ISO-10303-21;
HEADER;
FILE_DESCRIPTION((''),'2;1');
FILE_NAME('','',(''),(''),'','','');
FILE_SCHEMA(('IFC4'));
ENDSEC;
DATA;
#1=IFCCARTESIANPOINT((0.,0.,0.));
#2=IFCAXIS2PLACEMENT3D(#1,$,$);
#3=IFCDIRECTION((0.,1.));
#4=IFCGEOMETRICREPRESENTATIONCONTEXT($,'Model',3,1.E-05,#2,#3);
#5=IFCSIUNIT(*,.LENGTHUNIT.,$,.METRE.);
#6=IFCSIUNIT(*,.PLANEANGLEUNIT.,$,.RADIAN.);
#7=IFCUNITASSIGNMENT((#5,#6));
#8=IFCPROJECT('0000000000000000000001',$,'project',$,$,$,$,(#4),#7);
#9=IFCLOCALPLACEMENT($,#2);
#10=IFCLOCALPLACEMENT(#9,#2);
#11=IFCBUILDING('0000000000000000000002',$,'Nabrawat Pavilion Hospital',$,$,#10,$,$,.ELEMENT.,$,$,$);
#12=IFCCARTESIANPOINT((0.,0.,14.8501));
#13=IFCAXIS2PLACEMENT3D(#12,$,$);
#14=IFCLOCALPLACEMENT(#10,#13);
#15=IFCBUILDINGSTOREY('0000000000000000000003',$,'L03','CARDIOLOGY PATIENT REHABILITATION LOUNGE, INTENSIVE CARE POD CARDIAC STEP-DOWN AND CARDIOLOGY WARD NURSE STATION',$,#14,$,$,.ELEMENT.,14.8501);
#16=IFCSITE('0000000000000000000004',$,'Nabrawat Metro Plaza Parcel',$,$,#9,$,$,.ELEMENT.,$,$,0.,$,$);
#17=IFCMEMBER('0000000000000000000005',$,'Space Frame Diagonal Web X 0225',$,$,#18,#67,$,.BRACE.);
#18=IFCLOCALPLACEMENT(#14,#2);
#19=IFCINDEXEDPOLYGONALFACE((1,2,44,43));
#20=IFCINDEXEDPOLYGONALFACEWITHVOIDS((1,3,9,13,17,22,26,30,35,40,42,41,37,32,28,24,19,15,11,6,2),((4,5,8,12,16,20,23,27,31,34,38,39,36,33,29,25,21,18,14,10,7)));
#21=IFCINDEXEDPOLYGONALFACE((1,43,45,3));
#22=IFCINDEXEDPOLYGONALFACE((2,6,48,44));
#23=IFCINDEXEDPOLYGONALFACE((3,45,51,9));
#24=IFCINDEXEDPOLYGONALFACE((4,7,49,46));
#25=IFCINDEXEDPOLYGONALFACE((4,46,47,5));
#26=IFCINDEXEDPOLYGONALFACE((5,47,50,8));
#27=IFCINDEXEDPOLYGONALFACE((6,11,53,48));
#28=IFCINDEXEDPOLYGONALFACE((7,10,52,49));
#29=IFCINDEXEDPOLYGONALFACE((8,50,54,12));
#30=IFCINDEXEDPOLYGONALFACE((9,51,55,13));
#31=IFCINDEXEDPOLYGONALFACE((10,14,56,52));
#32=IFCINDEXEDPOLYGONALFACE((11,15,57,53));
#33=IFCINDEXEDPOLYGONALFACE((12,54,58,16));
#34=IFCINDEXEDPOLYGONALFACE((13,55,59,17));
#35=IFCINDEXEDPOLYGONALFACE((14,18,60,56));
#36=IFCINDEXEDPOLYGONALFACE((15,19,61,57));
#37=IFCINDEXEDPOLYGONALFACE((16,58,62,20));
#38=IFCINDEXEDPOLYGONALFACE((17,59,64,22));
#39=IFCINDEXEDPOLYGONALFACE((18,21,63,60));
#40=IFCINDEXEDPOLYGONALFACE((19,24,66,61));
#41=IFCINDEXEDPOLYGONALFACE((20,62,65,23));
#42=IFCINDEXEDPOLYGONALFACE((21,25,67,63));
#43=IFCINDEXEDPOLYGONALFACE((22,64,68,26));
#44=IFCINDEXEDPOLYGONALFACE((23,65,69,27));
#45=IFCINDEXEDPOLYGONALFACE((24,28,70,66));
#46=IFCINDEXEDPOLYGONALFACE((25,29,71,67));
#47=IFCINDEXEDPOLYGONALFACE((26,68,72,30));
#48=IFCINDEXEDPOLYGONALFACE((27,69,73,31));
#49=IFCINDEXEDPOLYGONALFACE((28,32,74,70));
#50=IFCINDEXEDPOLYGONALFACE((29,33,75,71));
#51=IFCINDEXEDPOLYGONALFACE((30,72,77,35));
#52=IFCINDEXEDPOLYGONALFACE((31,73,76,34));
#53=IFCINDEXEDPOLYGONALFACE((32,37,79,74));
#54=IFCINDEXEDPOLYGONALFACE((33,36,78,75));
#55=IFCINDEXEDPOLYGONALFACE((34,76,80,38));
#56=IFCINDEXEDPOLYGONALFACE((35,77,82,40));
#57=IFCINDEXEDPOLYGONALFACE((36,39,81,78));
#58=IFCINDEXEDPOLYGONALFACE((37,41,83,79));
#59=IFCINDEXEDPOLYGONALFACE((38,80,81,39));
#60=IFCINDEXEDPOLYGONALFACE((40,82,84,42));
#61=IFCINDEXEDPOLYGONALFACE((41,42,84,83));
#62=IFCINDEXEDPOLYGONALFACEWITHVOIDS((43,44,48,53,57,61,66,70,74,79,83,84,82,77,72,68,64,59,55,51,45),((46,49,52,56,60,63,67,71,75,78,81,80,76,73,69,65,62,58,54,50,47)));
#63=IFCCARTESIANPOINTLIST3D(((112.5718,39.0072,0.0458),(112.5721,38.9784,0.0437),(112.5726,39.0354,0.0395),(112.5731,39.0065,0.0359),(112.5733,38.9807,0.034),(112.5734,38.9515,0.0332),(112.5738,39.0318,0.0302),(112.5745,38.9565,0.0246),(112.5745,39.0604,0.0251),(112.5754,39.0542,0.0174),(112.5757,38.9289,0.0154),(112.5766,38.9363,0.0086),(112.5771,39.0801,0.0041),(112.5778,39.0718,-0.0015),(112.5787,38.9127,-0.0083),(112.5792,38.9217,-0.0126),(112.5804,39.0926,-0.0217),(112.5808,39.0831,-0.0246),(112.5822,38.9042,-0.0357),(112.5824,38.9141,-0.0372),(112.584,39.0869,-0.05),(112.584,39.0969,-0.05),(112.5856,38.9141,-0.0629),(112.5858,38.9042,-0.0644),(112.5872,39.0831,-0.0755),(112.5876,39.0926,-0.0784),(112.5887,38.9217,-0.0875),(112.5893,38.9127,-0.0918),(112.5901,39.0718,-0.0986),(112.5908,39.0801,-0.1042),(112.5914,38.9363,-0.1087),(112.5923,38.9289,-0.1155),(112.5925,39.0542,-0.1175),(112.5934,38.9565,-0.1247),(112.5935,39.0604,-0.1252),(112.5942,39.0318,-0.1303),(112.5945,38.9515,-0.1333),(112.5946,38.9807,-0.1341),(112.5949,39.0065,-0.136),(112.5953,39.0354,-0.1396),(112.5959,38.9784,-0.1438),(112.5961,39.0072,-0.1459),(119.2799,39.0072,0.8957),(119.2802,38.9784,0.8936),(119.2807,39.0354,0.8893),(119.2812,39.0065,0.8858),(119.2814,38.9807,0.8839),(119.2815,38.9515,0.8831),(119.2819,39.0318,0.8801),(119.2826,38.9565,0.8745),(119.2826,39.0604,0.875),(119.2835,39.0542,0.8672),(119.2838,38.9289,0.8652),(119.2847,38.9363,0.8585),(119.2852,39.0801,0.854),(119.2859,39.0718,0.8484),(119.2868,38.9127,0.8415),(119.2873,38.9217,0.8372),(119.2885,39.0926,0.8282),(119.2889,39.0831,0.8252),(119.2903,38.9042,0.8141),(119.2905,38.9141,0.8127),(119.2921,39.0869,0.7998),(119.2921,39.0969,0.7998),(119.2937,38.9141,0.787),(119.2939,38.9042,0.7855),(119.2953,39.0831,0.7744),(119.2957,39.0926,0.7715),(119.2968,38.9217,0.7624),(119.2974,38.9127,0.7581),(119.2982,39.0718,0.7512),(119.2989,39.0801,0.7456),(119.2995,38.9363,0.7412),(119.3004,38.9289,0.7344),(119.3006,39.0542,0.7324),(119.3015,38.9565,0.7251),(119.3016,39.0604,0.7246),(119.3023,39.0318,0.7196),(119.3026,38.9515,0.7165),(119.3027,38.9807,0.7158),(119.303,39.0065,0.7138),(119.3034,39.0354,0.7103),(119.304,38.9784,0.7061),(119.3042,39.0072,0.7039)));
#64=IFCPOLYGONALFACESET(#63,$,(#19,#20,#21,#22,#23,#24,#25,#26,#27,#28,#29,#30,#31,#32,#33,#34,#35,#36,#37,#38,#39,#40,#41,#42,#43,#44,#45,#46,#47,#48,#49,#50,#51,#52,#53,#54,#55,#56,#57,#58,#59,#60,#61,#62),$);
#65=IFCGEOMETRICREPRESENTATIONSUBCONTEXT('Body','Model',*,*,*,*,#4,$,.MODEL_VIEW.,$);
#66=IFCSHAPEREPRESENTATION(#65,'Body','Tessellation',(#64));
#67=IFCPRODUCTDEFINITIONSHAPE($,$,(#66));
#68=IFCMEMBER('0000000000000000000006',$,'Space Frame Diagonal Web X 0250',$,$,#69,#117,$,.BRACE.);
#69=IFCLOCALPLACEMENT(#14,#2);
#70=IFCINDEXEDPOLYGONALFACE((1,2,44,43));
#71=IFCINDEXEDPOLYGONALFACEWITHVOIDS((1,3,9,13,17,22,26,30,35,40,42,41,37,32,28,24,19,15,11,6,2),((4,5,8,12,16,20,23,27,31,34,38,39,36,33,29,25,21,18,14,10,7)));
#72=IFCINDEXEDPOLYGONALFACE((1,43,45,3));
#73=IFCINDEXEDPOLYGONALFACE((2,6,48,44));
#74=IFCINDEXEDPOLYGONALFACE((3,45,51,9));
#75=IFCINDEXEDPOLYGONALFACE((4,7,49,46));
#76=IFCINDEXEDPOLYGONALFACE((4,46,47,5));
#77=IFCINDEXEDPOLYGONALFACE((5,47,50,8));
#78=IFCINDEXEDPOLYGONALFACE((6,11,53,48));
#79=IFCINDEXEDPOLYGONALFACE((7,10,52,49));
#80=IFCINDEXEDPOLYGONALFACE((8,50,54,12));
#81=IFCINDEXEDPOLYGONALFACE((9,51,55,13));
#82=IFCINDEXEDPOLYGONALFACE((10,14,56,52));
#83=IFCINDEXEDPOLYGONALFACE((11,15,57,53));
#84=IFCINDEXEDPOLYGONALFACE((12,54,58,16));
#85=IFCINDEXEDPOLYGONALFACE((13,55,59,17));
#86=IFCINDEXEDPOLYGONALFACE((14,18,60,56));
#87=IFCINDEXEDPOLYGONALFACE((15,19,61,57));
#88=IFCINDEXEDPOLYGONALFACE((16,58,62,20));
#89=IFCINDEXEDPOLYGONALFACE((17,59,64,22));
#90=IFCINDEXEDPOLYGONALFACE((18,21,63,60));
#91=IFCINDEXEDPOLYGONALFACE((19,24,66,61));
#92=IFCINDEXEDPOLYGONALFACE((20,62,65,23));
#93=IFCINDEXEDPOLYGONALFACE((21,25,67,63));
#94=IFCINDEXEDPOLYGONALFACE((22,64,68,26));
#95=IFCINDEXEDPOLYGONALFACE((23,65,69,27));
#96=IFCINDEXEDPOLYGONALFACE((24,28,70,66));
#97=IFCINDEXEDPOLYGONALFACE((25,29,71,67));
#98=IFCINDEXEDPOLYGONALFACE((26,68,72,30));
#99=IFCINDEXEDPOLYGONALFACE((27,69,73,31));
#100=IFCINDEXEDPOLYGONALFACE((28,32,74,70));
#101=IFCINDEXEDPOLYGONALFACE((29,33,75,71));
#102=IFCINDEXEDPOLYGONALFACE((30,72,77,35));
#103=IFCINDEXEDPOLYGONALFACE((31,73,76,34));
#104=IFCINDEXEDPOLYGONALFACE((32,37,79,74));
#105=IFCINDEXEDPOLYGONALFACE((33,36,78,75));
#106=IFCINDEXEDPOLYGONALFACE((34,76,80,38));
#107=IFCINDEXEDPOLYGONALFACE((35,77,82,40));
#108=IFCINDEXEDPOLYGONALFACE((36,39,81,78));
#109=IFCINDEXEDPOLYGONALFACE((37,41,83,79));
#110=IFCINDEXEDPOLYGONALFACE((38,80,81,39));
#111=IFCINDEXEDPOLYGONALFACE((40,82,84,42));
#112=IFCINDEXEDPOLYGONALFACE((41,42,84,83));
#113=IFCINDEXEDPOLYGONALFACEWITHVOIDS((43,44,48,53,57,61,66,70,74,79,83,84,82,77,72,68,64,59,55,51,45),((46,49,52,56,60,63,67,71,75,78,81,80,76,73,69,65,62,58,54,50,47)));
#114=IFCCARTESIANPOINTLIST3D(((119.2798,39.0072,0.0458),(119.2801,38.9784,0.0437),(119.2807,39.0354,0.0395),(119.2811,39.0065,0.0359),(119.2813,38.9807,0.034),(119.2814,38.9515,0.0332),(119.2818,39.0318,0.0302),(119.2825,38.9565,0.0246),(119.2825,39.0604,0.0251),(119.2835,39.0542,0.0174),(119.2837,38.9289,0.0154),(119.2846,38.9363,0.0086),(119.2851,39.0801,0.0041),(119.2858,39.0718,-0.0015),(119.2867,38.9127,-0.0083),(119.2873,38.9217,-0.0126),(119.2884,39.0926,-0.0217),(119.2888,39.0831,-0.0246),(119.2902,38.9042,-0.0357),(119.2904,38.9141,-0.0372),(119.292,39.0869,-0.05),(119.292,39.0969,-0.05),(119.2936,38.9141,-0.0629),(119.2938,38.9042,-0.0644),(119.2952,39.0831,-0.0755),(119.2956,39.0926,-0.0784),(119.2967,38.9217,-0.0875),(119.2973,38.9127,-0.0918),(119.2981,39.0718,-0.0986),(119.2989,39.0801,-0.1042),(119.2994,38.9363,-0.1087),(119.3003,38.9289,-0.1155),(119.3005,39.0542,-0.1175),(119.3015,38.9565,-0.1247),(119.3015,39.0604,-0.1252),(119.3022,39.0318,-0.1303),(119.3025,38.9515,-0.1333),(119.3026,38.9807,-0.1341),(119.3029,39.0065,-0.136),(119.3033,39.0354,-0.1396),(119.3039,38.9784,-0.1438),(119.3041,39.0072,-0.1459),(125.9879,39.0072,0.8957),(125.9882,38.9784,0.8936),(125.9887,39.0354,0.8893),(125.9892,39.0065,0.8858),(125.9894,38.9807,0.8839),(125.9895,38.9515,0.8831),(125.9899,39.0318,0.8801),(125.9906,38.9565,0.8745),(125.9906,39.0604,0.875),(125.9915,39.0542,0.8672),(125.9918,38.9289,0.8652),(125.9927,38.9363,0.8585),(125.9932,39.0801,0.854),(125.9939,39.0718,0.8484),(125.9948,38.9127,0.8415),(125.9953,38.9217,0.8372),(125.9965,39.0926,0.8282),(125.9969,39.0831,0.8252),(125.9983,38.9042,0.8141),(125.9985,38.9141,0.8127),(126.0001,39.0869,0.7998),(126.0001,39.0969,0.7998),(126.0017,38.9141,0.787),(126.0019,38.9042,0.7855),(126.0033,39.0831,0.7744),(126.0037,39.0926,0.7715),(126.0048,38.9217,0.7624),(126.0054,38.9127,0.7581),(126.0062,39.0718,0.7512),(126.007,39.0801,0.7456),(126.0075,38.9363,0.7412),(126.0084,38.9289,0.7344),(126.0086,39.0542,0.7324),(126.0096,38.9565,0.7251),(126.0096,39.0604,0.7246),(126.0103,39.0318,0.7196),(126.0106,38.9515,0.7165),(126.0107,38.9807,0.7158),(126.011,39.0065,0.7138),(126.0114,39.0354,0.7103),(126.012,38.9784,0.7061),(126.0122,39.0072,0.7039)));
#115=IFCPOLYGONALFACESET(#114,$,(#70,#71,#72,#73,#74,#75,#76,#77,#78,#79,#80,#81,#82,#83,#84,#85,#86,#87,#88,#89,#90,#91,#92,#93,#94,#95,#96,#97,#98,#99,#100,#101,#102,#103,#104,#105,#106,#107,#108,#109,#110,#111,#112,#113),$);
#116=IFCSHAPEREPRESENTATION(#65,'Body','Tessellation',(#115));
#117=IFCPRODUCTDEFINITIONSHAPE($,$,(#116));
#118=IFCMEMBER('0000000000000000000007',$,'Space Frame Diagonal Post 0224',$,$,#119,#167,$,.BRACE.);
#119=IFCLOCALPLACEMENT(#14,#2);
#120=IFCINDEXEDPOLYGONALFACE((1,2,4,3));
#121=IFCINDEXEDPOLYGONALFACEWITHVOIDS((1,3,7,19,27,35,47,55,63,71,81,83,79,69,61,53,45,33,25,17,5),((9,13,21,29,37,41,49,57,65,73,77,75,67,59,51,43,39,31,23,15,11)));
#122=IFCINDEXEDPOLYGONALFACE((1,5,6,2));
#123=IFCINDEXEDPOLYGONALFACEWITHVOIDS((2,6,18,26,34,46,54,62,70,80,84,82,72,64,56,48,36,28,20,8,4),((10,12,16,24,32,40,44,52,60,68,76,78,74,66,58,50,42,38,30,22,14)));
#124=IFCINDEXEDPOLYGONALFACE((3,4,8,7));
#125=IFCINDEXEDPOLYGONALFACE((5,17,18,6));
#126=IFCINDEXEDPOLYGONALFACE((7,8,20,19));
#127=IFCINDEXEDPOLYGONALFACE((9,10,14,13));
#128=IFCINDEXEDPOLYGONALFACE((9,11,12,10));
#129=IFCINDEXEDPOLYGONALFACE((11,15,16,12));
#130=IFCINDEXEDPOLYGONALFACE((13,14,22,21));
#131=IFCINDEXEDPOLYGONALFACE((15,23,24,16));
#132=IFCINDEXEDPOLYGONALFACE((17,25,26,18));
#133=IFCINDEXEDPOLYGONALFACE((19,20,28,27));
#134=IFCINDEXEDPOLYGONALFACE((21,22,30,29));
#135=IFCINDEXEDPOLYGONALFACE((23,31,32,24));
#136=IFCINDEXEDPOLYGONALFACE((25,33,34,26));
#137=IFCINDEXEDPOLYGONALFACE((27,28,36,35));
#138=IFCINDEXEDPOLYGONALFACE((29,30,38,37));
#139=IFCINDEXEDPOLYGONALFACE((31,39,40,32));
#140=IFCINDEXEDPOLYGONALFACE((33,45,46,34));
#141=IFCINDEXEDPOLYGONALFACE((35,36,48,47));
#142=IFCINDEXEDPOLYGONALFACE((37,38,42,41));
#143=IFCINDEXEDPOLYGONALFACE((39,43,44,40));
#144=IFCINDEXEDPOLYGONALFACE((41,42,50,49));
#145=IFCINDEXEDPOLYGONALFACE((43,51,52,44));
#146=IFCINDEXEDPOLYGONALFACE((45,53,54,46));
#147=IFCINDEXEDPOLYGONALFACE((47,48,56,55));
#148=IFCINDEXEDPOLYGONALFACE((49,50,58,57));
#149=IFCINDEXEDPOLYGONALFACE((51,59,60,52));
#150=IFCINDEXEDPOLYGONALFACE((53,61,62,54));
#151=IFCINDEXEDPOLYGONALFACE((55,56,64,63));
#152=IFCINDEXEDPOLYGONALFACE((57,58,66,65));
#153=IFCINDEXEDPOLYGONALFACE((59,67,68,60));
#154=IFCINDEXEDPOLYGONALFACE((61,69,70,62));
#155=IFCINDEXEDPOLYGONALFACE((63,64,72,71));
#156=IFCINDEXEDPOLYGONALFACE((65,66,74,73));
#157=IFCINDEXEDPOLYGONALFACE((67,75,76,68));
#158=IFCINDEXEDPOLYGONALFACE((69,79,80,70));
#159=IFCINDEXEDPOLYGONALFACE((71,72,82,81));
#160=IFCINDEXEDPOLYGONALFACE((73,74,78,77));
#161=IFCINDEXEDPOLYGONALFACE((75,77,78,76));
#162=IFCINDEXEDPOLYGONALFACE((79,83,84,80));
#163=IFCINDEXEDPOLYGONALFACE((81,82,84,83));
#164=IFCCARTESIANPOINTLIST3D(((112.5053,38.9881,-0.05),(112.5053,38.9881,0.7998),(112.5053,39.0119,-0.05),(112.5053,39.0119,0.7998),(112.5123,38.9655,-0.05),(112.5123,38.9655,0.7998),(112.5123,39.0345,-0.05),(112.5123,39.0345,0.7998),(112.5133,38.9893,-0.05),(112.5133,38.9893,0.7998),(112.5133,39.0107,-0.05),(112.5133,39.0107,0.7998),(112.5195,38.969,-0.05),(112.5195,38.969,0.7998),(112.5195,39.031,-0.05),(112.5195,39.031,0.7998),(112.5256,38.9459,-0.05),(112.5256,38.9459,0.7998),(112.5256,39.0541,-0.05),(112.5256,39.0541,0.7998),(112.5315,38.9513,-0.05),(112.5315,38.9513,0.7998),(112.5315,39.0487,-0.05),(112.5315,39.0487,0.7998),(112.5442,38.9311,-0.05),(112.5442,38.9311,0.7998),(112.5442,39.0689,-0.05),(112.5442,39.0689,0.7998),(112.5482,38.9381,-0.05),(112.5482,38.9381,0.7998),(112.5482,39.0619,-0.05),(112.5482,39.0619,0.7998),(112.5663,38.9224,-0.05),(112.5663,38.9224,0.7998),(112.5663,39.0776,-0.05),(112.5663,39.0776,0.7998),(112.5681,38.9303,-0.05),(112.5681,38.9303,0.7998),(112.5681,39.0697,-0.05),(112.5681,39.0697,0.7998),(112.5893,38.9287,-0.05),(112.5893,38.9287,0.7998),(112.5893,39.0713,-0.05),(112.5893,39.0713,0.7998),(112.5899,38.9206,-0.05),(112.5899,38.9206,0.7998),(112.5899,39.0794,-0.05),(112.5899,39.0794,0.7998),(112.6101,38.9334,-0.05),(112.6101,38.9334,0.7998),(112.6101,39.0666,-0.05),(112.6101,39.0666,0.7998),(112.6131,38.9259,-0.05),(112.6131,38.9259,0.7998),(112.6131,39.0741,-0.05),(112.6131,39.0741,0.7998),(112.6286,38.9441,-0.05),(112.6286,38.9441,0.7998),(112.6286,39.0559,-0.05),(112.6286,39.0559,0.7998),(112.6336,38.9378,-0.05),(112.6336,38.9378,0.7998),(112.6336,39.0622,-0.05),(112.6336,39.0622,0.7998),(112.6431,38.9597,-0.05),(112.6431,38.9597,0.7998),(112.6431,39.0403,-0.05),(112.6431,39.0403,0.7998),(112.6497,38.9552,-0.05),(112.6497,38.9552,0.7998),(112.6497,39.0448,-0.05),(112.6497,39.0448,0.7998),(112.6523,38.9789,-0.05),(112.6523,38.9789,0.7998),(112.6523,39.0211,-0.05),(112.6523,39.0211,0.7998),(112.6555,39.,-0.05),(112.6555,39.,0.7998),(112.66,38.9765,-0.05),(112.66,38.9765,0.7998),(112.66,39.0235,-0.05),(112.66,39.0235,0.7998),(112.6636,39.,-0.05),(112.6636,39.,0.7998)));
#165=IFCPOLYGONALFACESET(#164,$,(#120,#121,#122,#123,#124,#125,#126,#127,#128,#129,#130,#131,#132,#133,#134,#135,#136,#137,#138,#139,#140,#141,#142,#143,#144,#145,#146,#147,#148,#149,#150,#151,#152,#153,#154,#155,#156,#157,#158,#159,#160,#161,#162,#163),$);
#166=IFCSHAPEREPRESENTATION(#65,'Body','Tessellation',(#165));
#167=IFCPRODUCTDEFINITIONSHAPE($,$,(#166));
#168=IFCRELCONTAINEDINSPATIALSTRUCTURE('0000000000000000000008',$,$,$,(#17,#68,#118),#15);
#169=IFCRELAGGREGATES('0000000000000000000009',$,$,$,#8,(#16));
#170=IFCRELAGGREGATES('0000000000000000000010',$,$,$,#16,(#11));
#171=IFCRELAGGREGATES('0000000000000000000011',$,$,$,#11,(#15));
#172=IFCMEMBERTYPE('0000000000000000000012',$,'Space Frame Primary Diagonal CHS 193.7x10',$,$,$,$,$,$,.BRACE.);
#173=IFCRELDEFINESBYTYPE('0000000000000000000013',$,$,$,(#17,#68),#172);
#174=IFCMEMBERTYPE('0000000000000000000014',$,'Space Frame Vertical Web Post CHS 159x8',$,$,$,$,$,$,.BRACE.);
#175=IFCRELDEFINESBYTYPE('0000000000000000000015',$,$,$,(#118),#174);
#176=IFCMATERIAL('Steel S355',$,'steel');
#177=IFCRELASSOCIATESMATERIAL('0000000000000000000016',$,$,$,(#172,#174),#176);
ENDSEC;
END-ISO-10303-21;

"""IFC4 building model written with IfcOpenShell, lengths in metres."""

from ifc_helpers import new_model, si_unit, direction, frame, origin, origin_2d, place, context, subcontext, project, spatial, hollow_circle, extrude, material, material_profile, profile_set, type_object, element, save


model = new_model("IFC4")

# Units and contexts
model_context = context("Model", 3, precision=1e-05, world=origin(), true_north=direction((0.0, 1.0)))
body_context = subcontext(model_context, "Body", "Model", "MODEL_VIEW")
ifc_project = project(units=[si_unit("LENGTHUNIT", "METRE"), si_unit("PLANEANGLEUNIT", "RADIAN")], contexts=[model_context])

# Site, building, storey
site_placement = place(None, origin())
site = spatial("IfcSite", under=ifc_project, at=site_placement, Name="Nabrawat Metro Plaza Parcel", CompositionType="ELEMENT", RefElevation=0.0)
building_placement = place(site_placement, origin())
building = spatial("IfcBuilding", under=site, at=building_placement, Name="Nabrawat Pavilion Hospital", CompositionType="ELEMENT")
storey_placement = place(building_placement, frame((0.0, 0.0, 14.8501)))
storey = spatial("IfcBuildingStorey", under=building, at=storey_placement, Name="L03", Description="CARDIOLOGY PATIENT REHABILITATION LOUNGE, INTENSIVE CARE POD CARDIAC STEP-DOWN AND CARDIOLOGY WARD NURSE STATION", CompositionType="ELEMENT", Elevation=14.8501)

# Shared definitions
ifc_material_1 = material(Name="Steel S355", Category="steel")

# Members
ifc_material_profile_1 = material_profile(ifc_material_1, hollow_circle(Radius=0.0969, WallThickness=0.01, at=origin_2d()), Name="CHS 193.7x10")
ifc_profile_set_1 = profile_set([ifc_material_profile_1], Name="Steel S355")
member_type_1 = type_object("IfcMemberType", Name="Space Frame Primary Diagonal CHS 193.7x10", PredefinedType="BRACE", material=ifc_profile_set_1)
for number, where, z_axis, x_axis, name in (
    (1, (112.584, 39.0, -0.05), (0.99207, 0.0, 0.125688), (0.0, 1.0, 0.0), "Space Frame Diagonal Web X 0225"),
    (2, (119.292, 39.0, -0.05), (0.99207, 0.0, 0.125688), (0.0, 1.0, 0.0), "Space Frame Diagonal Web X 0250"),
):
    element("IfcMember", number, at=place(storey_placement, frame(where, z_axis=z_axis, x_axis=x_axis)), inside=storey, type_object=member_type_1, Name=name, PredefinedType="BRACE", context=body_context, shape_type="SweptSolid", body=[
        extrude(hollow_circle(Radius=0.0969, WallThickness=0.01, at=origin_2d()), origin(), (0.0, 0.0, 1.0), 6.7617),
    ])
ifc_material_profile_2 = material_profile(ifc_material_1, hollow_circle(Radius=0.0796, WallThickness=0.0081, at=origin_2d()), Name="CHS 159x8")
ifc_profile_set_2 = profile_set([ifc_material_profile_2], Name="Steel S355")
member_type_2 = type_object("IfcMemberType", Name="Space Frame Vertical Web Post CHS 159x8", PredefinedType="BRACE", material=ifc_profile_set_2)
for number, where, z_axis, x_axis, name in (
    (3, (112.584, 39.0, -0.05), (0.0, 0.0, 1.0), (1.0, 0.0, 0.0), "Space Frame Diagonal Post 0224"),
):
    element("IfcMember", number, at=place(storey_placement, frame(where, z_axis=z_axis, x_axis=x_axis)), inside=storey, type_object=member_type_2, Name=name, PredefinedType="BRACE", context=body_context, shape_type="SweptSolid", body=[
        extrude(hollow_circle(Radius=0.0796, WallThickness=0.0081, at=origin_2d()), origin(), (0.0, 0.0, 1.0), 0.8499),
    ])

save(model, "model.ifc")
